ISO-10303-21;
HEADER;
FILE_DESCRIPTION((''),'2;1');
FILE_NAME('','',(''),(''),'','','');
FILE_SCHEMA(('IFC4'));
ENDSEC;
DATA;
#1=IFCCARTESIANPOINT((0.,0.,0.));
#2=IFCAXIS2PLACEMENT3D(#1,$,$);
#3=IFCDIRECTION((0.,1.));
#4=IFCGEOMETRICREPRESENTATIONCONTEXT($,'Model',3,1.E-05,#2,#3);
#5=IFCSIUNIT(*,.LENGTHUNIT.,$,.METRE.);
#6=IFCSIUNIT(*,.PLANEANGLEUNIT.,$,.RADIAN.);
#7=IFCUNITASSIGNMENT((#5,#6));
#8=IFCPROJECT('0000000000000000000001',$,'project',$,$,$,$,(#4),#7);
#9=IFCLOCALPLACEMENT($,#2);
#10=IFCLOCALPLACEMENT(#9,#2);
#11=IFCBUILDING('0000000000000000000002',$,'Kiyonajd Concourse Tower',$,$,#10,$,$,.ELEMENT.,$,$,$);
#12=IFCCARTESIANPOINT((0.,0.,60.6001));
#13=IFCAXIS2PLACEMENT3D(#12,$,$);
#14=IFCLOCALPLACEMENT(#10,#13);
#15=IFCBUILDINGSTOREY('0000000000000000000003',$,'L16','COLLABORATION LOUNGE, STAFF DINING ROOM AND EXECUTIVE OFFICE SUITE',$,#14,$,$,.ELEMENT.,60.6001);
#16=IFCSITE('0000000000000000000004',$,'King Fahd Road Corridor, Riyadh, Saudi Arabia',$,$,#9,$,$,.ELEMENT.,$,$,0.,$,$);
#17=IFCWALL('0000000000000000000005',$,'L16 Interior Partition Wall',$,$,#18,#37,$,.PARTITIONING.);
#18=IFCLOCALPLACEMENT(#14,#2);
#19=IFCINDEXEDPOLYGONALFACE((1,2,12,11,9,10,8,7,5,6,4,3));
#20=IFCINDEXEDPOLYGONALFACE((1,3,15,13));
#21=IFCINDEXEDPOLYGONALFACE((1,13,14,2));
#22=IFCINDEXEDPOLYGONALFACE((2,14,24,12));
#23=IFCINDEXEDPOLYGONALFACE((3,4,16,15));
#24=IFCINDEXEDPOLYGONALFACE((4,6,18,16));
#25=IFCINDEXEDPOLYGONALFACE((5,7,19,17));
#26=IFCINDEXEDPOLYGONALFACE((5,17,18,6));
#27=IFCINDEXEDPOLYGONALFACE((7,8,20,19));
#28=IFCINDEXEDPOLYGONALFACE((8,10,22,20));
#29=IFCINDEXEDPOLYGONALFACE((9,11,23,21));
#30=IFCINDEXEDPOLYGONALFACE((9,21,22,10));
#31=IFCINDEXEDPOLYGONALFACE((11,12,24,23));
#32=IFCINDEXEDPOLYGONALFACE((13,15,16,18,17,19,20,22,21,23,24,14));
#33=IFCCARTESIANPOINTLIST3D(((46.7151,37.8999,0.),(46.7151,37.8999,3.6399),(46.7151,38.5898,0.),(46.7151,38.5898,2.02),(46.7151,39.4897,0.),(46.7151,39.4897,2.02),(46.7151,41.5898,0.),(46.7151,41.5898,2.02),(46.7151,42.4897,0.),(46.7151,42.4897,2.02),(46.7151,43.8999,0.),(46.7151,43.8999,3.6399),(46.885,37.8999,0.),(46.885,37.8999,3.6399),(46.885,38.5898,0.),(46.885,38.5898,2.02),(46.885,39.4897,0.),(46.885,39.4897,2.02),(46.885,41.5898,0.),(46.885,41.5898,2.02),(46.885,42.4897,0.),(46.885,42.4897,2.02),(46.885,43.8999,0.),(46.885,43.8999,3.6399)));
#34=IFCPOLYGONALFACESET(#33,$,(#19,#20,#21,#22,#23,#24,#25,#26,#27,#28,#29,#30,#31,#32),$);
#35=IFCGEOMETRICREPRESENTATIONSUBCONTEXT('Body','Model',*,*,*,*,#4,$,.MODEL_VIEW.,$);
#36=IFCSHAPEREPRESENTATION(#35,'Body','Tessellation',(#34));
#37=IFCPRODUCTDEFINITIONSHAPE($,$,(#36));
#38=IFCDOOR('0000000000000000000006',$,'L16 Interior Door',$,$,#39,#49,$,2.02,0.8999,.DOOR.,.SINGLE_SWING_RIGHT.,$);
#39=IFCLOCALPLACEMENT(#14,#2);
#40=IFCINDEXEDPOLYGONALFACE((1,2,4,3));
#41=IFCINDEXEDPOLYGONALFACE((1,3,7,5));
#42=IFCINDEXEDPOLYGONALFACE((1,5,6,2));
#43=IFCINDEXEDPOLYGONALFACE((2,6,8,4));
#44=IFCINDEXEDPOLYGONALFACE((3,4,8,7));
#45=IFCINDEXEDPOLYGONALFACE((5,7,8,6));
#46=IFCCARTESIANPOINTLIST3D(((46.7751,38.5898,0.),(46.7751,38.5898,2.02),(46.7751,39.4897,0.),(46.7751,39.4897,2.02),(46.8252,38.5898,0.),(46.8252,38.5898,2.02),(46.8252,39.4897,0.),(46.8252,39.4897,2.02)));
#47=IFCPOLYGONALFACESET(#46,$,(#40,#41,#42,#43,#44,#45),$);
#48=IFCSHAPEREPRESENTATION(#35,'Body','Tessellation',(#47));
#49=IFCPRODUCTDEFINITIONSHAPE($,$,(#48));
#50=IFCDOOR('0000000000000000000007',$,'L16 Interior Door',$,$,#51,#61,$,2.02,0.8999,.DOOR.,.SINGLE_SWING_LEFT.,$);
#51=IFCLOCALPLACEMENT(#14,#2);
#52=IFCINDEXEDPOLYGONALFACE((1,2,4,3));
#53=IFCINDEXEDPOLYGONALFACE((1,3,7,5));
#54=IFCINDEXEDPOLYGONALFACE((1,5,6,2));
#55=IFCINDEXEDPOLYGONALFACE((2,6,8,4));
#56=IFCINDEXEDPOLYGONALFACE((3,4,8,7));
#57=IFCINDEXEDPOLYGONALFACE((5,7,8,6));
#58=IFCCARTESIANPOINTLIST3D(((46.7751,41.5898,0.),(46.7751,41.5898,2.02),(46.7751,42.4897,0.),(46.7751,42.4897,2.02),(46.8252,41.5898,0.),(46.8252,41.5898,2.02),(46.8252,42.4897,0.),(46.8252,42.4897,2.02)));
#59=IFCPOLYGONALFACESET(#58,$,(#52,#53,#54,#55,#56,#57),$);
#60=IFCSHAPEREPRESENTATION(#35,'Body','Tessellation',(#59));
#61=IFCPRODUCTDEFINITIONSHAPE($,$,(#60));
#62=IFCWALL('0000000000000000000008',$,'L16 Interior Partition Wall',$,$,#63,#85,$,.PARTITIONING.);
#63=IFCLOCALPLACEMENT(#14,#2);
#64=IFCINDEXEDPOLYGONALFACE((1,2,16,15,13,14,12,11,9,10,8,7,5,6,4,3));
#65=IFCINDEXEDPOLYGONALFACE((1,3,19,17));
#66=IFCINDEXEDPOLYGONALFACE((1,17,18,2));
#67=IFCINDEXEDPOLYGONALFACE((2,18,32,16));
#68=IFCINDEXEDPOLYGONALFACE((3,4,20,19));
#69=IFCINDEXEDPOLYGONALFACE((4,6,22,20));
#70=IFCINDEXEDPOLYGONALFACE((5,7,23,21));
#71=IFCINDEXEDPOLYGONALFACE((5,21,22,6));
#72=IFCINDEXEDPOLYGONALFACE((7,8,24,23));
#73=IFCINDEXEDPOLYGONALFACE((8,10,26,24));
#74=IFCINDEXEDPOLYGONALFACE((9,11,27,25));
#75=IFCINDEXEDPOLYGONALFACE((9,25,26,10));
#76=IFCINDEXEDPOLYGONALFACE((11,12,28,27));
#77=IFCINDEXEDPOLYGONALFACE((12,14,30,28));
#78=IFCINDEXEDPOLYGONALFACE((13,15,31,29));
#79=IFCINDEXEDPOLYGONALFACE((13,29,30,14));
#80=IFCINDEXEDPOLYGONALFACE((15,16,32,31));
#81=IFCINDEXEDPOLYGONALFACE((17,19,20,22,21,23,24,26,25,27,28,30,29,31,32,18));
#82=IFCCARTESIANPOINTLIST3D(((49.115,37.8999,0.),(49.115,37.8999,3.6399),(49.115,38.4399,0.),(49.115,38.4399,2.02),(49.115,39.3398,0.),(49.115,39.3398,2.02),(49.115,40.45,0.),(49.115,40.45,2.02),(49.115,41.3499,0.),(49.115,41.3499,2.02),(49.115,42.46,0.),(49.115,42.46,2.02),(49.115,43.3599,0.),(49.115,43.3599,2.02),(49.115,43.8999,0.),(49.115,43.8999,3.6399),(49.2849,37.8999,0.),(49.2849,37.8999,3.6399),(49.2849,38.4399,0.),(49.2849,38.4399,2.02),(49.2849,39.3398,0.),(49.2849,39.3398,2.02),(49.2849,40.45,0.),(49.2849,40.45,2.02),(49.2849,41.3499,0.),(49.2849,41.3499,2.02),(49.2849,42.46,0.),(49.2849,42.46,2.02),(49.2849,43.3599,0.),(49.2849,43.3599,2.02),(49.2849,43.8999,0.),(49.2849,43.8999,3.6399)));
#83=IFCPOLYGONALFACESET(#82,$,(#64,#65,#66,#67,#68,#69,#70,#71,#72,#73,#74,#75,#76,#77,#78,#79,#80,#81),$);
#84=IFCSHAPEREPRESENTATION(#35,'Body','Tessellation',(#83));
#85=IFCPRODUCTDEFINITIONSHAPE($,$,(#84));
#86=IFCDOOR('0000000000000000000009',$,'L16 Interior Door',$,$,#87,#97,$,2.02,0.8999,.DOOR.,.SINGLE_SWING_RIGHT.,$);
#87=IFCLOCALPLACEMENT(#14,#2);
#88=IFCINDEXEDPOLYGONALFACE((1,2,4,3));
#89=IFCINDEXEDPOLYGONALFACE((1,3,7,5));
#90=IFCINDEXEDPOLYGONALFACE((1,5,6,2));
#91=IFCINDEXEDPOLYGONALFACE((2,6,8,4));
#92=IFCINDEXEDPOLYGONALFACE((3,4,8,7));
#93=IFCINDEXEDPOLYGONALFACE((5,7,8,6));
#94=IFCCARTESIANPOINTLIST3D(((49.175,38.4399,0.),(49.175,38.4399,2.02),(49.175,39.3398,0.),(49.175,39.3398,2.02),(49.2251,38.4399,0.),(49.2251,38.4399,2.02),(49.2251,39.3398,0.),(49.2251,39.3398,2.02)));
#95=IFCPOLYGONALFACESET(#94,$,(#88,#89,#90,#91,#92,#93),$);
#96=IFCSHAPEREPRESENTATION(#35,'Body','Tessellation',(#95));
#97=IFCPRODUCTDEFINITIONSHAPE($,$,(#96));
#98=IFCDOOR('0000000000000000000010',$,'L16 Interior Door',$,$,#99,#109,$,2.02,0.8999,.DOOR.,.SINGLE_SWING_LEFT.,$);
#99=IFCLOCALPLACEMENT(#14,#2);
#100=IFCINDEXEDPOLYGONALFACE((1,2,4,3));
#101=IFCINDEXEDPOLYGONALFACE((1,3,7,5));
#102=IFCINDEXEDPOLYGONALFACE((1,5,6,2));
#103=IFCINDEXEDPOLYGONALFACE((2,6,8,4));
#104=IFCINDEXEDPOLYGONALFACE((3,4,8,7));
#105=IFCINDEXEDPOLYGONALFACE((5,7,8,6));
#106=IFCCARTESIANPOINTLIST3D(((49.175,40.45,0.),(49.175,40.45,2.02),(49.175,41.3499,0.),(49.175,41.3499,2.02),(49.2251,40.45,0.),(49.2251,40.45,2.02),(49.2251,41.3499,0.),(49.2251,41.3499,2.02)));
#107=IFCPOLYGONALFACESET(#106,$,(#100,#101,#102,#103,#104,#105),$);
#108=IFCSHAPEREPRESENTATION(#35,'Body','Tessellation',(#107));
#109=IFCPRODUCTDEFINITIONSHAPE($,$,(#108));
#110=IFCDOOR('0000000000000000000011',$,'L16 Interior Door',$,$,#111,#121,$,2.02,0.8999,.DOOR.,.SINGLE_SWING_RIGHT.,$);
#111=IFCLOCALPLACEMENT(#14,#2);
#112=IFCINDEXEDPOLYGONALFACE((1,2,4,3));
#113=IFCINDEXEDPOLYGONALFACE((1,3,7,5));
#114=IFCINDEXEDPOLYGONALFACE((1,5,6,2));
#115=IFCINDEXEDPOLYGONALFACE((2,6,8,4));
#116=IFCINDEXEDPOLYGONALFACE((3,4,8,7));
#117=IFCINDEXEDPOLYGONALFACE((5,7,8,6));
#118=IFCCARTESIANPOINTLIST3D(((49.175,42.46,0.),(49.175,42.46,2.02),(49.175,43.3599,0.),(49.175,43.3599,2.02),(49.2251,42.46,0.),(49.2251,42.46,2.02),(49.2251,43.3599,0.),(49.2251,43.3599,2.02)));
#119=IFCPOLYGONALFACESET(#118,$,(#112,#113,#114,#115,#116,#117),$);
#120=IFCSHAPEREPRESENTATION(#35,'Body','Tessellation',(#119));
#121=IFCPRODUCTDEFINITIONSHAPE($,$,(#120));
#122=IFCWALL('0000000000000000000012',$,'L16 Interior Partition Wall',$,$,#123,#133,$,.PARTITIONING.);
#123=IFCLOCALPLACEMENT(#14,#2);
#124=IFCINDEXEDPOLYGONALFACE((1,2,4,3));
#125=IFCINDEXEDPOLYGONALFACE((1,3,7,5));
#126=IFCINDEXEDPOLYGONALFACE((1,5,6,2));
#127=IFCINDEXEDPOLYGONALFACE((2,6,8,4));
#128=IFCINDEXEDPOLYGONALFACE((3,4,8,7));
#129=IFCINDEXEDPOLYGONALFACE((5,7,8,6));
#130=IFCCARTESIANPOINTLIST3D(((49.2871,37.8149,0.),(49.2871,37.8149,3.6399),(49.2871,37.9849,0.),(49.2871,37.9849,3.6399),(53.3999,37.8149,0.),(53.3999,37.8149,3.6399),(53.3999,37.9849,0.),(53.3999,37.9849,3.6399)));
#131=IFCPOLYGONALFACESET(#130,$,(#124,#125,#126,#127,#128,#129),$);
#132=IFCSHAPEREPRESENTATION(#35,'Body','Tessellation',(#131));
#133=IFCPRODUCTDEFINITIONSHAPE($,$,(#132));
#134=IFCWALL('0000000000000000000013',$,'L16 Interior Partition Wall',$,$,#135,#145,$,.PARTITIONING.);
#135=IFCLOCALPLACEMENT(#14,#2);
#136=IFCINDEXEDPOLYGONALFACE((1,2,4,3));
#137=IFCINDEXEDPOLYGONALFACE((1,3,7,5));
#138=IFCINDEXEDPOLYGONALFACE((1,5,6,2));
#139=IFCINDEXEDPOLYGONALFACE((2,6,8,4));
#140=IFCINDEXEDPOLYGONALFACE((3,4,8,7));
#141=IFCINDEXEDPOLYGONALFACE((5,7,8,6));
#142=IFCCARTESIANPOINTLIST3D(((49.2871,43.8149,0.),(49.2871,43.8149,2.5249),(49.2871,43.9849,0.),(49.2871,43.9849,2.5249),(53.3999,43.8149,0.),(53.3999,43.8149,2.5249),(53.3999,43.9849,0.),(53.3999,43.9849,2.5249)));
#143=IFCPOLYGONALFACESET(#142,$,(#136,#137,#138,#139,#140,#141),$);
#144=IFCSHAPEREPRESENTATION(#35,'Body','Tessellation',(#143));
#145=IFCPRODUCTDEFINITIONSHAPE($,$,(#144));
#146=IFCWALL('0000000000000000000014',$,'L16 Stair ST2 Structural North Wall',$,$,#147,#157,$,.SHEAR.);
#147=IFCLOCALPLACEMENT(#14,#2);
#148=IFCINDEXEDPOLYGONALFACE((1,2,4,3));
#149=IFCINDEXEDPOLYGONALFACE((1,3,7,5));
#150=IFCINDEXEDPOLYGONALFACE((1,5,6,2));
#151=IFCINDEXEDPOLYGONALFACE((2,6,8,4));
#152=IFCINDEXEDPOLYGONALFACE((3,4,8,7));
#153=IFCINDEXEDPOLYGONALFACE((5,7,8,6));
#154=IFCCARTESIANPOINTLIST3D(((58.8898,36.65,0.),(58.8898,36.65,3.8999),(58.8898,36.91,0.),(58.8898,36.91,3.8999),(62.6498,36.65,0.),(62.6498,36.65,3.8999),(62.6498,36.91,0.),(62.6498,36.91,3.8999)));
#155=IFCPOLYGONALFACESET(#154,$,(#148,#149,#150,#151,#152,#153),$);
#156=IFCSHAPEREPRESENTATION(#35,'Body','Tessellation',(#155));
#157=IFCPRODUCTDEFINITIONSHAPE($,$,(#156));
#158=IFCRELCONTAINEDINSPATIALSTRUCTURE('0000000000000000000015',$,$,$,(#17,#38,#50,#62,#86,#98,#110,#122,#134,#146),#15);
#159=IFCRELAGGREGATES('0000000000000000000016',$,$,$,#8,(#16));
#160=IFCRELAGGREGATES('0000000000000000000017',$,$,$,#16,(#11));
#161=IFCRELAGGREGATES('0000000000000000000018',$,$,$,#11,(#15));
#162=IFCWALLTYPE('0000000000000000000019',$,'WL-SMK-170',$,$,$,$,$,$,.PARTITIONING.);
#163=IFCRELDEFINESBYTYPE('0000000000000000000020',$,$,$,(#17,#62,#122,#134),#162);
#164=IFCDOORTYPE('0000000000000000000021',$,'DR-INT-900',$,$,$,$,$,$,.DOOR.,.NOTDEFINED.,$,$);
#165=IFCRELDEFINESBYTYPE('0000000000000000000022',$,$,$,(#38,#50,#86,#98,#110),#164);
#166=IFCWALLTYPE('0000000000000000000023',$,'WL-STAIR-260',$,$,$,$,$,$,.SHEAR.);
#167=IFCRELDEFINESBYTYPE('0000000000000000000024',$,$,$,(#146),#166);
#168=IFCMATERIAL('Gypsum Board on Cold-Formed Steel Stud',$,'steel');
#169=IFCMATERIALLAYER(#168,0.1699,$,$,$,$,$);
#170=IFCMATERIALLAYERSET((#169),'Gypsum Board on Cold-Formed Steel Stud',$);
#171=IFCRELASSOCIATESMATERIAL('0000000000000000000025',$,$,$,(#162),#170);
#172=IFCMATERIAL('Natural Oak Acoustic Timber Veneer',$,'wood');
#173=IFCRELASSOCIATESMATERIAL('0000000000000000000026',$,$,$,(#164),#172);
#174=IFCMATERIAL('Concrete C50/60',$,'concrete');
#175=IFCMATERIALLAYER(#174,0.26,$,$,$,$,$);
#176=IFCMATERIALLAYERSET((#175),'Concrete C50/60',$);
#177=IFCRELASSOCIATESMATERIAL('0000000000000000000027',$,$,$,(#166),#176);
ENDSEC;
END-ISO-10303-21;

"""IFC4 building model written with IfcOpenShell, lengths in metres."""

from ifc_helpers import new_model, si_unit, direction, frame, frame_2d, origin, place, context, subcontext, project, spatial, rectangle, extrude, material, layer, layer_set, type_object, element, fill, save


model = new_model("IFC4")

# Units and contexts
model_context = context("Model", 3, precision=1e-05, world=origin(), true_north=direction((0.0, 1.0)))
body_context = subcontext(model_context, "Body", "Model", "MODEL_VIEW")
ifc_project = project(units=[si_unit("LENGTHUNIT", "METRE"), si_unit("PLANEANGLEUNIT", "RADIAN")], contexts=[model_context])

# Site, building, storey
site_placement = place(None, origin())
site = spatial("IfcSite", under=ifc_project, at=site_placement, Name="King Fahd Road Corridor, Riyadh, Saudi Arabia", CompositionType="ELEMENT", RefElevation=0.0)
building_placement = place(site_placement, origin())
building = spatial("IfcBuilding", under=site, at=building_placement, Name="Kiyonajd Concourse Tower", CompositionType="ELEMENT")
storey_placement = place(building_placement, frame((0.0, 0.0, 60.6001)))
storey = spatial("IfcBuildingStorey", under=building, at=storey_placement, Name="L16", Description="COLLABORATION LOUNGE, STAFF DINING ROOM AND EXECUTIVE OFFICE SUITE", CompositionType="ELEMENT", Elevation=60.6001)

# Shared definitions
ifc_material_1 = material(Name="Concrete C50/60", Category="concrete")

# Shared definitions
ifc_material_2 = material(Name="Gypsum Board on Cold-Formed Steel Stud", Category="steel")
ifc_layer_1 = layer(ifc_material_2, 0.1699)
ifc_layer_set_1 = layer_set([ifc_layer_1], Name="Gypsum Board on Cold-Formed Steel Stud")
wall_type_1 = type_object("IfcWallType", Name="WL-SMK-170", PredefinedType="PARTITIONING", material=ifc_layer_set_1)

# Walls, openings, doors
wall_1_placement = place(storey_placement, frame((46.8, 37.8999, 0.0), z_axis=(0.0, 0.0, 1.0), x_axis=(0.0, 1.0, 0.0)))
wall_1 = element("IfcWall", 1, at=wall_1_placement, inside=storey, type_object=wall_type_1, Name="L16 Interior Partition Wall", PredefinedType="PARTITIONING", context=body_context, shape_type="SweptSolid", body=[
    extrude(rectangle(XDim=6.0, YDim=0.1699, at=frame_2d((3.0, 0.0))), origin(), (0.0, 0.0, 1.0), 3.6399),
])
opening_1_placement = place(wall_1_placement, frame((0.6899, 0.0, 0.0)))
opening_1 = element("IfcOpeningElement", 2, at=opening_1_placement, cuts=wall_1, PredefinedType="OPENING", context=body_context, shape_type="SweptSolid", body=[
    extrude(rectangle(XDim=0.8999, YDim=2.02, at=frame_2d((0.45, 1.01))), frame((0.0, 0.095, 0.0), z_axis=(0.0, -1.0, 0.0), x_axis=(1.0, 0.0, 0.0)), (0.0, 0.0, 1.0), 0.1899),
])
opening_2_placement = place(wall_1_placement, frame((3.6899, 0.0, 0.0)))
opening_2 = element("IfcOpeningElement", 3, at=opening_2_placement, cuts=wall_1, PredefinedType="OPENING", context=body_context, shape_type="SweptSolid", body=[
    extrude(rectangle(XDim=0.8999, YDim=2.02, at=frame_2d((0.45, 1.01))), frame((0.0, 0.095, 0.0), z_axis=(0.0, -1.0, 0.0), x_axis=(1.0, 0.0, 0.0)), (0.0, 0.0, 1.0), 0.1899),
])
ifc_material_3 = material(Name="Natural Oak Acoustic Timber Veneer", Category="wood")
door_type_1 = type_object("IfcDoorType", Name="DR-INT-900", OperationType="NOTDEFINED", PredefinedType="DOOR", material=ifc_material_3)
door_1_placement = place(opening_1_placement, origin())
door_1 = element("IfcDoor", 4, at=door_1_placement, inside=storey, type_object=door_type_1, Name="L16 Interior Door", OperationType="SINGLE_SWING_RIGHT", OverallHeight=2.02, OverallWidth=0.8999, PredefinedType="DOOR", context=body_context, shape_type="SweptSolid", body=[
    extrude(rectangle(XDim=0.8999, YDim=2.02, at=frame_2d((0.45, 1.01))), frame((0.0, 0.0249, 0.0), z_axis=(0.0, -1.0, 0.0), x_axis=(1.0, 0.0, 0.0)), (0.0, 0.0, 1.0), 0.05),
])
fill(opening_1, door_1)
door_2_placement = place(opening_2_placement, origin())
door_2 = element("IfcDoor", 5, at=door_2_placement, inside=storey, type_object=door_type_1, Name="L16 Interior Door", OperationType="SINGLE_SWING_LEFT", OverallHeight=2.02, OverallWidth=0.8999, PredefinedType="DOOR", context=body_context, shape_type="SweptSolid", body=[
    extrude(rectangle(XDim=0.8999, YDim=2.02, at=frame_2d((0.45, 1.01))), frame((0.0, 0.0249, 0.0), z_axis=(0.0, -1.0, 0.0), x_axis=(1.0, 0.0, 0.0)), (0.0, 0.0, 1.0), 0.05),
])
fill(opening_2, door_2)
wall_2_placement = place(storey_placement, frame((49.2, 37.8999, 0.0), z_axis=(0.0, 0.0, 1.0), x_axis=(0.0, 1.0, 0.0)))
wall_2 = element("IfcWall", 6, at=wall_2_placement, inside=storey, type_object=wall_type_1, Name="L16 Interior Partition Wall", PredefinedType="PARTITIONING", context=body_context, shape_type="SweptSolid", body=[
    extrude(rectangle(XDim=6.0, YDim=0.1699, at=frame_2d((3.0, 0.0))), origin(), (0.0, 0.0, 1.0), 3.6399),
])
opening_3_placement = place(wall_2_placement, frame((0.54, 0.0, 0.0)))
opening_3 = element("IfcOpeningElement", 7, at=opening_3_placement, cuts=wall_2, PredefinedType="OPENING", context=body_context, shape_type="SweptSolid", body=[
    extrude(rectangle(XDim=0.8999, YDim=2.02, at=frame_2d((0.45, 1.01))), frame((0.0, 0.095, 0.0), z_axis=(0.0, -1.0, 0.0), x_axis=(1.0, 0.0, 0.0)), (0.0, 0.0, 1.0), 0.1899),
])
opening_4_placement = place(wall_2_placement, frame((2.55, 0.0, 0.0)))
opening_4 = element("IfcOpeningElement", 8, at=opening_4_placement, cuts=wall_2, PredefinedType="OPENING", context=body_context, shape_type="SweptSolid", body=[
    extrude(rectangle(XDim=0.8999, YDim=2.02, at=frame_2d((0.45, 1.01))), frame((0.0, 0.095, 0.0), z_axis=(0.0, -1.0, 0.0), x_axis=(1.0, 0.0, 0.0)), (0.0, 0.0, 1.0), 0.1899),
])
opening_5_placement = place(wall_2_placement, frame((4.5601, 0.0, 0.0)))
opening_5 = element("IfcOpeningElement", 9, at=opening_5_placement, cuts=wall_2, PredefinedType="OPENING", context=body_context, shape_type="SweptSolid", body=[
    extrude(rectangle(XDim=0.8999, YDim=2.02, at=frame_2d((0.45, 1.01))), frame((0.0, 0.095, 0.0), z_axis=(0.0, -1.0, 0.0), x_axis=(1.0, 0.0, 0.0)), (0.0, 0.0, 1.0), 0.1899),
])
door_3_placement = place(opening_3_placement, origin())
door_3 = element("IfcDoor", 10, at=door_3_placement, inside=storey, type_object=door_type_1, Name="L16 Interior Door", OperationType="SINGLE_SWING_RIGHT", OverallHeight=2.02, OverallWidth=0.8999, PredefinedType="DOOR", context=body_context, shape_type="SweptSolid", body=[
    extrude(rectangle(XDim=0.8999, YDim=2.02, at=frame_2d((0.45, 1.01))), frame((0.0, 0.0249, 0.0), z_axis=(0.0, -1.0, 0.0), x_axis=(1.0, 0.0, 0.0)), (0.0, 0.0, 1.0), 0.05),
])
fill(opening_3, door_3)
door_4_placement = place(opening_4_placement, origin())
door_4 = element("IfcDoor", 11, at=door_4_placement, inside=storey, type_object=door_type_1, Name="L16 Interior Door", OperationType="SINGLE_SWING_LEFT", OverallHeight=2.02, OverallWidth=0.8999, PredefinedType="DOOR", context=body_context, shape_type="SweptSolid", body=[
    extrude(rectangle(XDim=0.8999, YDim=2.02, at=frame_2d((0.45, 1.01))), frame((0.0, 0.0249, 0.0), z_axis=(0.0, -1.0, 0.0), x_axis=(1.0, 0.0, 0.0)), (0.0, 0.0, 1.0), 0.05),
])
fill(opening_4, door_4)
door_5_placement = place(opening_5_placement, origin())
door_5 = element("IfcDoor", 12, at=door_5_placement, inside=storey, type_object=door_type_1, Name="L16 Interior Door", OperationType="SINGLE_SWING_RIGHT", OverallHeight=2.02, OverallWidth=0.8999, PredefinedType="DOOR", context=body_context, shape_type="SweptSolid", body=[
    extrude(rectangle(XDim=0.8999, YDim=2.02, at=frame_2d((0.45, 1.01))), frame((0.0, 0.0249, 0.0), z_axis=(0.0, -1.0, 0.0), x_axis=(1.0, 0.0, 0.0)), (0.0, 0.0, 1.0), 0.05),
])
fill(opening_5, door_5)

# Walls
wall_3_placement = place(storey_placement, frame((49.2871, 37.8999, 0.0), z_axis=(0.0, 0.0, 1.0), x_axis=(1.0, 0.0, 0.0)))
element("IfcWall", 13, at=wall_3_placement, inside=storey, type_object=wall_type_1, Name="L16 Interior Partition Wall", PredefinedType="PARTITIONING", context=body_context, shape_type="SweptSolid", body=[
    extrude(rectangle(XDim=4.1128, YDim=0.1699, at=frame_2d((2.0564, 0.0))), origin(), (0.0, 0.0, 1.0), 3.6399),
])
wall_4_placement = place(storey_placement, frame((49.2871, 43.8999, 0.0), z_axis=(0.0, 0.0, 1.0), x_axis=(1.0, 0.0, 0.0)))
element("IfcWall", 14, at=wall_4_placement, inside=storey, type_object=wall_type_1, Name="L16 Interior Partition Wall", PredefinedType="PARTITIONING", context=body_context, shape_type="SweptSolid", body=[
    extrude(rectangle(XDim=4.1128, YDim=0.1699, at=frame_2d((2.0564, 0.0))), origin(), (0.0, 0.0, 1.0), 2.5249),
])
ifc_layer_2 = layer(ifc_material_1, 0.26)
ifc_layer_set_2 = layer_set([ifc_layer_2], Name="Concrete C50/60")
wall_type_2 = type_object("IfcWallType", Name="WL-STAIR-260", PredefinedType="SHEAR", material=ifc_layer_set_2)
wall_5_placement = place(storey_placement, frame((58.8899, 36.78, 0.0), z_axis=(0.0, 0.0, 1.0), x_axis=(1.0, 0.0, 0.0)))
element("IfcWall", 15, at=wall_5_placement, inside=storey, type_object=wall_type_2, Name="L16 Stair ST2 Structural North Wall", PredefinedType="SHEAR", context=body_context, shape_type="SweptSolid", body=[
    extrude(rectangle(XDim=3.76, YDim=0.26, at=frame_2d((1.8799, 0.0))), origin(), (0.0, 0.0, 1.0), 3.8999),
])

save(model, "model.ifc")
